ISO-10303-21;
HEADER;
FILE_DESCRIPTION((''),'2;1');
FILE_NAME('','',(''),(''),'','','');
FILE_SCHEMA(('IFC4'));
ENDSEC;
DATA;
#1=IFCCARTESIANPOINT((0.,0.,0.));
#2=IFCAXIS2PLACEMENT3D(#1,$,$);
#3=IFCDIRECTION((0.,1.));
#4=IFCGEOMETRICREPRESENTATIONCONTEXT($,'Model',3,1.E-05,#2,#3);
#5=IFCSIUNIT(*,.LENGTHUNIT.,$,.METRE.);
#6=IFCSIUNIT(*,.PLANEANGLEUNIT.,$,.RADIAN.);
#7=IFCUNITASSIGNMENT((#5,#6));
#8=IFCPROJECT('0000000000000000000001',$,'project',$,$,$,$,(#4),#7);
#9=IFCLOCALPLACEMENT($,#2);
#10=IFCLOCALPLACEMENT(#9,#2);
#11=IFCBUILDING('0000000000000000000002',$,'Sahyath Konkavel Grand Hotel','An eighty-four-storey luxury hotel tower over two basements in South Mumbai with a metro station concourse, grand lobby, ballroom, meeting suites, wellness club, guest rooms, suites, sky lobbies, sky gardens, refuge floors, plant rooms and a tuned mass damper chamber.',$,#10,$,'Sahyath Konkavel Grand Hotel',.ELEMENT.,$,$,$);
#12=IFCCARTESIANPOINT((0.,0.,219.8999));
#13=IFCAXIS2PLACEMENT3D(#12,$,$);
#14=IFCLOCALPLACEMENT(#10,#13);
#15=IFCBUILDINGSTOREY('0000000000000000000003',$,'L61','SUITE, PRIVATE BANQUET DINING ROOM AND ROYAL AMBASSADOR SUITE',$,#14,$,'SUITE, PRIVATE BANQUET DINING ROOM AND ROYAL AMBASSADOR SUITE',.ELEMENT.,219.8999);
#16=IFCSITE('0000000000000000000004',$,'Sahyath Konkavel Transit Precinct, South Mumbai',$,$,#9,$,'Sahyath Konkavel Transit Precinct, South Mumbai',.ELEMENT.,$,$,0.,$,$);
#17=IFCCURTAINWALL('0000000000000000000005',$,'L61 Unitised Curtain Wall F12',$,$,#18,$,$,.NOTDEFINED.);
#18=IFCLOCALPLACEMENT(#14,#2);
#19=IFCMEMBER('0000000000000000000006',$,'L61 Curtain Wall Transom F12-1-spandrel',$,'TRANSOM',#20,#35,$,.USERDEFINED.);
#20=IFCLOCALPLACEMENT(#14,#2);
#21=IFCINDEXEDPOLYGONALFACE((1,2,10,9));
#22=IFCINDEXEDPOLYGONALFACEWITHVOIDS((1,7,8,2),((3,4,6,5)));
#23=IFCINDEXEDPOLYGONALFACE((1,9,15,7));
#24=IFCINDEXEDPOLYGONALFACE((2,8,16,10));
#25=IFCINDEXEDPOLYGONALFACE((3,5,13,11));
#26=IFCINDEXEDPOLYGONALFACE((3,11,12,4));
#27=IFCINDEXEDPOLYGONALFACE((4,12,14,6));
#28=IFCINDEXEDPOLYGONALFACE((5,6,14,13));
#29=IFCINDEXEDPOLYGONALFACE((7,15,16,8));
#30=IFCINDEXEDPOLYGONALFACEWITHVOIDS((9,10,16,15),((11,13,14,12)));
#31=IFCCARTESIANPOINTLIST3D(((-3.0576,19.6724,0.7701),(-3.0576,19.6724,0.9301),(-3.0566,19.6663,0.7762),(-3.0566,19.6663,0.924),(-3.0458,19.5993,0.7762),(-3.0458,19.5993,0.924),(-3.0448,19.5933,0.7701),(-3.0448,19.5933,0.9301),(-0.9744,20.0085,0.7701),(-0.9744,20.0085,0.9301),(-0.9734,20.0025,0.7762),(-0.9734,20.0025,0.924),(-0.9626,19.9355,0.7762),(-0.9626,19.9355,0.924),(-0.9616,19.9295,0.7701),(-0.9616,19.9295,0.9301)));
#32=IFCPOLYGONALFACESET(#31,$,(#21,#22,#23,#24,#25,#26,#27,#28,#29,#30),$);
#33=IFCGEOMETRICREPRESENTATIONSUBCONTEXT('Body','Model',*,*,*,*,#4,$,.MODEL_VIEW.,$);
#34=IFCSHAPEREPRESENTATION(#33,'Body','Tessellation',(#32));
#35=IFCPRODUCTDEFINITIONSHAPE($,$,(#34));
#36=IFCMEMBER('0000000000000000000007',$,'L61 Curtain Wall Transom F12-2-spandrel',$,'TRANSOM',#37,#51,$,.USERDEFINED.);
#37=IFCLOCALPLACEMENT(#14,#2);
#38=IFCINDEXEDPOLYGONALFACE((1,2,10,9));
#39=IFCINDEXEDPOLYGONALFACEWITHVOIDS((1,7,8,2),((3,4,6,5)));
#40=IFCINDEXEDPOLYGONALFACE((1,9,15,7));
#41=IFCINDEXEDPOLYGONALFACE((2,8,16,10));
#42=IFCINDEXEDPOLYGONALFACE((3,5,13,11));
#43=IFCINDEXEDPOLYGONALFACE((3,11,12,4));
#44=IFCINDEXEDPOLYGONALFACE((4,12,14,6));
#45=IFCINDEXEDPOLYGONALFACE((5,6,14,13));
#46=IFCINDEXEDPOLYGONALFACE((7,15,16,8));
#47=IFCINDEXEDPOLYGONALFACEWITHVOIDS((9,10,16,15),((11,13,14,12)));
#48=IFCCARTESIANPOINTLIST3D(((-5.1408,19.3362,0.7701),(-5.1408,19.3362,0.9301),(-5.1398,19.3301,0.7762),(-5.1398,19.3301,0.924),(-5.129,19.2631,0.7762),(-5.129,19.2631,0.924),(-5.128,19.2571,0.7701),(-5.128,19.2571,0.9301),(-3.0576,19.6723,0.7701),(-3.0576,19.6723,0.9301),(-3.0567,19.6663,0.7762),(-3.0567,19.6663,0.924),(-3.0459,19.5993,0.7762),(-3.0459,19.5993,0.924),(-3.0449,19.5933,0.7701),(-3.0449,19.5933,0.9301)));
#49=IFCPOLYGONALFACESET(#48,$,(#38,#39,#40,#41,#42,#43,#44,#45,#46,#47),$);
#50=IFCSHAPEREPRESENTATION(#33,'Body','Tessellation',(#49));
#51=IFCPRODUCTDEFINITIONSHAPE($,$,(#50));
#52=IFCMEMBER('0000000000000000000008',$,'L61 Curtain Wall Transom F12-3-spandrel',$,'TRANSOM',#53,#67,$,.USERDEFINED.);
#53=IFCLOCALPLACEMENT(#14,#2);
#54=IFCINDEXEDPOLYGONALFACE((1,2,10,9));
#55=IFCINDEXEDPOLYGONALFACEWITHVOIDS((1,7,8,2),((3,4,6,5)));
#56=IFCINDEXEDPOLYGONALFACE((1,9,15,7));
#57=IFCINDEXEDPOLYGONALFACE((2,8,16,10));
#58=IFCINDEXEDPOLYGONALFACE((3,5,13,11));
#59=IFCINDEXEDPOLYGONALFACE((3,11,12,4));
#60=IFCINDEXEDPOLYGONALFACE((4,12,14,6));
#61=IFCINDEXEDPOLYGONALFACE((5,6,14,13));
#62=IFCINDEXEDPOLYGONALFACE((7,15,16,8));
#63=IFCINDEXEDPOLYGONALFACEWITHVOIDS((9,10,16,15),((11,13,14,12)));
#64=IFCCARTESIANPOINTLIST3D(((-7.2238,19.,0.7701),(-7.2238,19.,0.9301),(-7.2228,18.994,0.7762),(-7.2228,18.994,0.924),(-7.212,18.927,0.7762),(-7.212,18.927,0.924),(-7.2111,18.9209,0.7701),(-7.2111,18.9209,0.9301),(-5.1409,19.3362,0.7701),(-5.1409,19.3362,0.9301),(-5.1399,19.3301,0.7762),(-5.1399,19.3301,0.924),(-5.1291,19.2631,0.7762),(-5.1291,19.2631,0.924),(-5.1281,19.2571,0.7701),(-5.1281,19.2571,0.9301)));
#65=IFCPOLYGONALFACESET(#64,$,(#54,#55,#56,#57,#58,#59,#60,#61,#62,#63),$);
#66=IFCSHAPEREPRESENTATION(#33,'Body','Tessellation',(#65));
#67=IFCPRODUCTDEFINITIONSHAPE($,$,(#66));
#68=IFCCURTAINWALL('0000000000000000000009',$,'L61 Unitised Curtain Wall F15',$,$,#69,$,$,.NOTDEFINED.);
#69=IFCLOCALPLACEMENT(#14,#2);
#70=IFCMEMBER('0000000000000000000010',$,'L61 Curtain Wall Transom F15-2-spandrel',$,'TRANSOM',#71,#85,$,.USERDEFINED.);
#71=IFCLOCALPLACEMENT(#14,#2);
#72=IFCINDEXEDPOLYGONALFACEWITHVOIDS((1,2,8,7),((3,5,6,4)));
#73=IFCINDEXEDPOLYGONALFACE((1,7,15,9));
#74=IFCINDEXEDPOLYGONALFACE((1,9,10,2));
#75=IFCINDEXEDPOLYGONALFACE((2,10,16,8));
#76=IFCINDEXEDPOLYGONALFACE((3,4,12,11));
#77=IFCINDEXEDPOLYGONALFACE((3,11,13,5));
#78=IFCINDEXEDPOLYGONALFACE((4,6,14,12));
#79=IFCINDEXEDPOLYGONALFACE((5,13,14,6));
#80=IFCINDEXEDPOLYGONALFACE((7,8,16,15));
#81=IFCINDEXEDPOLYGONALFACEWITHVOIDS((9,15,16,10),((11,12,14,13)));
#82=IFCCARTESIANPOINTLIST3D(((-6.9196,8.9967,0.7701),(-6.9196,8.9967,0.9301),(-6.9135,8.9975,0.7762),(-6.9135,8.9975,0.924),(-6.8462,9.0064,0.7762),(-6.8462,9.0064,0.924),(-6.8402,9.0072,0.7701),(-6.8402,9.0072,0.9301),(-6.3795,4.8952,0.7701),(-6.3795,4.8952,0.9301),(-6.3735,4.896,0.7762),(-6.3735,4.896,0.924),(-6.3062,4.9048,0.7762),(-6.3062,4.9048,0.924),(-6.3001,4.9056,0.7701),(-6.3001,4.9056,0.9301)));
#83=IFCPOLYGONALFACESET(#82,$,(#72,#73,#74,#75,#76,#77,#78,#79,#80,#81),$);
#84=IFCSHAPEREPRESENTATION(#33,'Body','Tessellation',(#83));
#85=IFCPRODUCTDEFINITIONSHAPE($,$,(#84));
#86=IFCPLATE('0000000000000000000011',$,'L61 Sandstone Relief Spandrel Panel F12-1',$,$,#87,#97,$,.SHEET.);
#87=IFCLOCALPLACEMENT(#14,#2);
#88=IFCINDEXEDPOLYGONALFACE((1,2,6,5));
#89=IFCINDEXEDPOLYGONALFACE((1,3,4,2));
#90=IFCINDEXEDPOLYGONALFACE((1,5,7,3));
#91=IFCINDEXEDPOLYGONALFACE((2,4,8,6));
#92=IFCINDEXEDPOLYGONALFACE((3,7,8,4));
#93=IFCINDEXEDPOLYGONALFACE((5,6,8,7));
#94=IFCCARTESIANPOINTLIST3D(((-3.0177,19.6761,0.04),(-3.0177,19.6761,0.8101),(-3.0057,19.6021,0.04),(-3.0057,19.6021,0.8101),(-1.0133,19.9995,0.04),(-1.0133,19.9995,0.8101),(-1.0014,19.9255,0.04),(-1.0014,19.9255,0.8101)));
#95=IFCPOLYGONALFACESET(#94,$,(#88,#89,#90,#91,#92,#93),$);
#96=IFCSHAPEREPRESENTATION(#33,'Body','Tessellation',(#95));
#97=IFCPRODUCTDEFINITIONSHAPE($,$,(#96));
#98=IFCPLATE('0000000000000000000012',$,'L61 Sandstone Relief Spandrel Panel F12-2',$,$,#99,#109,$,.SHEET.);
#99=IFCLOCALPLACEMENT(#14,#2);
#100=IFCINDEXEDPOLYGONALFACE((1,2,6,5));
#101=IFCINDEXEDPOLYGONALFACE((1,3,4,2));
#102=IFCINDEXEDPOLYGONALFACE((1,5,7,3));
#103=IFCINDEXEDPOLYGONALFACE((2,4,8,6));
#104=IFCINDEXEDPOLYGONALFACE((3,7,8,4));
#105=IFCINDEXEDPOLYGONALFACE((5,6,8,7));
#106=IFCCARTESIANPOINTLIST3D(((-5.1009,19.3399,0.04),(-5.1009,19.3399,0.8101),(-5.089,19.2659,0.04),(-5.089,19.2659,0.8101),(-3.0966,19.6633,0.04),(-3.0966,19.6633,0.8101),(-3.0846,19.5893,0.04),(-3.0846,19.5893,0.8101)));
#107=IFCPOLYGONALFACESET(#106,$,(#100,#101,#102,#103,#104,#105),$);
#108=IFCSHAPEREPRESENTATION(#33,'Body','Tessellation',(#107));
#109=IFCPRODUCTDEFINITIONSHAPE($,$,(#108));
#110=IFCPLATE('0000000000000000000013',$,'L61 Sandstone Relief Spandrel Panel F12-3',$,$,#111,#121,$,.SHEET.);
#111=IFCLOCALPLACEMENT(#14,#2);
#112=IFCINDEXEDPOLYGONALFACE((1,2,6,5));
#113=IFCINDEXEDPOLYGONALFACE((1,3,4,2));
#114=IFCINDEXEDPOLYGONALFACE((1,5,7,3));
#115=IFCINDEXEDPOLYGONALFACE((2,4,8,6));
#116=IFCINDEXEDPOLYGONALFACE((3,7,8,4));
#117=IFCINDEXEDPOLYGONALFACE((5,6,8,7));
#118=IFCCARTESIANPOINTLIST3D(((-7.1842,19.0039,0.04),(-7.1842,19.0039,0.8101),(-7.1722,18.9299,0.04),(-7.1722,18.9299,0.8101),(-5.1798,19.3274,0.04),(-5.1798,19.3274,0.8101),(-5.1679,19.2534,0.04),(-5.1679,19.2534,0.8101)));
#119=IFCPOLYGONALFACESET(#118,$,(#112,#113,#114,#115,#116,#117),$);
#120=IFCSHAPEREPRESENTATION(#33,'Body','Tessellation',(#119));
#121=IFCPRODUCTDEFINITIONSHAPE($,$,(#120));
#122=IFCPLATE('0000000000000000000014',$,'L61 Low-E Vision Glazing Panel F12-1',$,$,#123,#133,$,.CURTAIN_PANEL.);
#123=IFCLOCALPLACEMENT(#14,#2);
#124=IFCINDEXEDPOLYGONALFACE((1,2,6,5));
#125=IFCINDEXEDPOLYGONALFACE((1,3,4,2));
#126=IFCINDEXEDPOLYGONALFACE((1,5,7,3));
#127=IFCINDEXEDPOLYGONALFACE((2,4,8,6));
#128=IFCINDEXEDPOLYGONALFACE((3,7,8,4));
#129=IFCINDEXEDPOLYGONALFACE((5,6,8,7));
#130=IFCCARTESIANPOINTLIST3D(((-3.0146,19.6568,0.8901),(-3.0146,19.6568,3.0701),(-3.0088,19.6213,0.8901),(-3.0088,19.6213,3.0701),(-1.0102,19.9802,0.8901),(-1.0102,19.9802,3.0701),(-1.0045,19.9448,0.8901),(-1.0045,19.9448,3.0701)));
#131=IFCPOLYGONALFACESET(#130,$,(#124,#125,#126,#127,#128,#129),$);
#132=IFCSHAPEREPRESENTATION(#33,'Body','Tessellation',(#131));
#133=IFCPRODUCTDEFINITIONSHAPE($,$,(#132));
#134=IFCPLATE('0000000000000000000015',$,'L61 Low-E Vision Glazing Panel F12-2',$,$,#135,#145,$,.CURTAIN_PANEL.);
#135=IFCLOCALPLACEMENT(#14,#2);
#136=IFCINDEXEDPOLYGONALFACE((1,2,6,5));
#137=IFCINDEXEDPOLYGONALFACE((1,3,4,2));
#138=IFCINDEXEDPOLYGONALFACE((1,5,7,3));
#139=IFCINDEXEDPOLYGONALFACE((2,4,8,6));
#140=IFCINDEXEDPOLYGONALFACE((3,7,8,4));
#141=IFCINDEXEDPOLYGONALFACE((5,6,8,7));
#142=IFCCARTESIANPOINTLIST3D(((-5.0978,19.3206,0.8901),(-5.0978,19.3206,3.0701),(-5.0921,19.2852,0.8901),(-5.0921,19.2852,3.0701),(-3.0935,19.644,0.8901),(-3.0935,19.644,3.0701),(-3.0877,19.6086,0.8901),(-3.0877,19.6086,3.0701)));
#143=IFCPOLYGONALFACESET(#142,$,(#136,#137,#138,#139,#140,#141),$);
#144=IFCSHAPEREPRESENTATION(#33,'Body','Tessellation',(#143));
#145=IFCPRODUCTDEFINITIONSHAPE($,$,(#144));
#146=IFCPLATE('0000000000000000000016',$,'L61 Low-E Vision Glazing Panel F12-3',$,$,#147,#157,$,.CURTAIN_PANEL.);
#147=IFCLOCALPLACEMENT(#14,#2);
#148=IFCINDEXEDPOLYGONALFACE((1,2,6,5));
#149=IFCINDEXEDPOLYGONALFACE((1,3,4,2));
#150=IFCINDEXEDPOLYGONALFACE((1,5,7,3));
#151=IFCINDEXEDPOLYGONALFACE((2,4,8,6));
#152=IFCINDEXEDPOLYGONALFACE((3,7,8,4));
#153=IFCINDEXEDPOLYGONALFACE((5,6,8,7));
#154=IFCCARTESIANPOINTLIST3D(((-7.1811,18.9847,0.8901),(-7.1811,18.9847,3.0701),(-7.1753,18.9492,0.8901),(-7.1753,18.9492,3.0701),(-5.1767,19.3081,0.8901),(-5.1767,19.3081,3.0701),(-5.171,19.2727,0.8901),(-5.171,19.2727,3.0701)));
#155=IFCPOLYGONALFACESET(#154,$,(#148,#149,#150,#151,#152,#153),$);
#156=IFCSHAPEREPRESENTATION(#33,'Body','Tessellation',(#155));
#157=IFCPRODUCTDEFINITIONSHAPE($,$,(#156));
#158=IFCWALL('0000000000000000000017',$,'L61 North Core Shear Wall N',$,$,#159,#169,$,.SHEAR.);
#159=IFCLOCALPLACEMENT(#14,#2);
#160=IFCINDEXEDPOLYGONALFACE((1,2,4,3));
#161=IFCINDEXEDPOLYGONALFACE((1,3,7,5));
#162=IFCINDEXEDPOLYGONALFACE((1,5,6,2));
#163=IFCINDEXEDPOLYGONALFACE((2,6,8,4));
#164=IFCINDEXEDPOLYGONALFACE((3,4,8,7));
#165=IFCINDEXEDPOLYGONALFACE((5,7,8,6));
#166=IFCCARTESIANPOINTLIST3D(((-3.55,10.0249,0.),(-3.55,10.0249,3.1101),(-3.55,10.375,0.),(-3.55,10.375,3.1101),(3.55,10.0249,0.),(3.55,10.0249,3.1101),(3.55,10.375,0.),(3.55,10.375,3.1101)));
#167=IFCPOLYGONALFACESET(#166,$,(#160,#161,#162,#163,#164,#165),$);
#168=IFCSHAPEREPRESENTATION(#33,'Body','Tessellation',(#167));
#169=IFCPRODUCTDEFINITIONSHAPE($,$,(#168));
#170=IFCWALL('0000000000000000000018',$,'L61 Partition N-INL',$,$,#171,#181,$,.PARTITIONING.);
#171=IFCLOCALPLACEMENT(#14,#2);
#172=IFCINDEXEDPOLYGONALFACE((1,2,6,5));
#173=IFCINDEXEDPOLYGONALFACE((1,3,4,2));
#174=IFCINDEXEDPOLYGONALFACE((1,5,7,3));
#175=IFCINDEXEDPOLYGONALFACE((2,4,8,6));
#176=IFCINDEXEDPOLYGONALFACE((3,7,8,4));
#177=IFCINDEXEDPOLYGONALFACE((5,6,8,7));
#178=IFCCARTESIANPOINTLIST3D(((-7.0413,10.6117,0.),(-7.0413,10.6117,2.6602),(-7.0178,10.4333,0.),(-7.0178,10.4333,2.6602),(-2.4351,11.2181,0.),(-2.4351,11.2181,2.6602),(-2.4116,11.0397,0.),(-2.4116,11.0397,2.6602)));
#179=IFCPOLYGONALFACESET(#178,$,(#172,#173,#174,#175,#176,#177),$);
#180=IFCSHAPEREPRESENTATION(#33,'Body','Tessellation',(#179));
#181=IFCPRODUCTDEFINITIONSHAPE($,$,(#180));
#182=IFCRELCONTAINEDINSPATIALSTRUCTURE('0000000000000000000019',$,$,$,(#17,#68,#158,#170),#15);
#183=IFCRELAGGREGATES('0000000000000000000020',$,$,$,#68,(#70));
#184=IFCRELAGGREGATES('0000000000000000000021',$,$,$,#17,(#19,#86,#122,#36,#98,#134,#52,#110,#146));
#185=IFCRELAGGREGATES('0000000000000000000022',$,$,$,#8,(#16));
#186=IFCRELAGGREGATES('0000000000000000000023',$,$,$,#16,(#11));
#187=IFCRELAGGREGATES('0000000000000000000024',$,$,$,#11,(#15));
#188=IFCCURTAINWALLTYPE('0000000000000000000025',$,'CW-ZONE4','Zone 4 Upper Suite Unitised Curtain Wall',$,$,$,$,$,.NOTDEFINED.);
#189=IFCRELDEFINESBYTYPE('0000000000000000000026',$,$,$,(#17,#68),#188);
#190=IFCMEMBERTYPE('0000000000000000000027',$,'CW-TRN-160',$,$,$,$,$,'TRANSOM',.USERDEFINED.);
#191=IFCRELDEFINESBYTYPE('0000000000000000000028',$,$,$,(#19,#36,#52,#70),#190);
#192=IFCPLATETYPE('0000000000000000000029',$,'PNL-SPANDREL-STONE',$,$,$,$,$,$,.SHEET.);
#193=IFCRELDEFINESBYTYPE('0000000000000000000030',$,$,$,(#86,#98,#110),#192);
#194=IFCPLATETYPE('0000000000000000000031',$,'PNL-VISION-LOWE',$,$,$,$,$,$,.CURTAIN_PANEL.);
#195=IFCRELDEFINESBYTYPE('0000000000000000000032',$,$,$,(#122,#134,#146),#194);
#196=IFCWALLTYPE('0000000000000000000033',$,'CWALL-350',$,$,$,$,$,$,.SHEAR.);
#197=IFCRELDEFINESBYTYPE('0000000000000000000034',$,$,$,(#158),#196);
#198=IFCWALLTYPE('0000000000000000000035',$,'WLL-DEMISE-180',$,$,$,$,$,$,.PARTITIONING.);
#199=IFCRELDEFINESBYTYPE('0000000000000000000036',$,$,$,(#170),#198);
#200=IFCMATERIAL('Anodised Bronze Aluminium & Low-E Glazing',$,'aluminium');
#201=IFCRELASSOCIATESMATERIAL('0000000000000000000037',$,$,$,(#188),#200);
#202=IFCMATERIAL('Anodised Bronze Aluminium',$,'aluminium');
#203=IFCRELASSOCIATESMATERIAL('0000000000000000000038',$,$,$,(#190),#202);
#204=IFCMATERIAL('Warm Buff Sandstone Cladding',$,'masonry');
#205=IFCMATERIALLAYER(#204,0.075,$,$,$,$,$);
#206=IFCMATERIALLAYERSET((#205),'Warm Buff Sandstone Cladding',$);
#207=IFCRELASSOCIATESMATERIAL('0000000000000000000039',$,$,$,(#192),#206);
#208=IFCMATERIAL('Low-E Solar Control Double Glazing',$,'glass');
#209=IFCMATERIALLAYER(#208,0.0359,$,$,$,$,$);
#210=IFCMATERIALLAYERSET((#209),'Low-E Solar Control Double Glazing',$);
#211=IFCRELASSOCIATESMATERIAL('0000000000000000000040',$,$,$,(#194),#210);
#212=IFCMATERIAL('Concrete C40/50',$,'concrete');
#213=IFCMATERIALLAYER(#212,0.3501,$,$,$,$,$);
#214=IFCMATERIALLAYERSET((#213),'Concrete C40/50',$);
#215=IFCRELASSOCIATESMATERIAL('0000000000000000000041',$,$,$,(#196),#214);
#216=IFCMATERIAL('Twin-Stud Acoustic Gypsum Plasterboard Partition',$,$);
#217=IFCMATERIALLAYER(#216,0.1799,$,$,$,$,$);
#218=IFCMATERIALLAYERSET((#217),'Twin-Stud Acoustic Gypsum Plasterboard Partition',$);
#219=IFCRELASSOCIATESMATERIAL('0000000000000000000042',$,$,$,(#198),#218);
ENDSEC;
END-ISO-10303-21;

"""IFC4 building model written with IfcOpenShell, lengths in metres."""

from ifc_helpers import new_model, si_unit, direction, frame, frame_2d, origin, origin_2d, place, context, subcontext, project, spatial, rectangle, hollow_rectangle, extrude, source, transform, mapped, material, layer, layer_set, material_profile, profile_set, type_object, element, aggregate, save


model = new_model("IFC4")

# Units and contexts
model_context = context("Model", 3, precision=1e-05, world=origin(), true_north=direction((0.0, 1.0)))
body_context = subcontext(model_context, "Body", "Model", "MODEL_VIEW")
ifc_project = project(units=[si_unit("LENGTHUNIT", "METRE"), si_unit("PLANEANGLEUNIT", "RADIAN")], contexts=[model_context])

# Site, building, storey
site_placement = place(None, origin())
site = spatial("IfcSite", under=ifc_project, at=site_placement, Name="Sahyath Konkavel Transit Precinct, South Mumbai", LongName="Sahyath Konkavel Transit Precinct, South Mumbai", CompositionType="ELEMENT", RefElevation=0.0)
building_placement = place(site_placement, origin())
building = spatial("IfcBuilding", under=site, at=building_placement, Name="Sahyath Konkavel Grand Hotel", Description="An eighty-four-storey luxury hotel tower over two basements in South Mumbai with a metro station concourse, grand lobby, ballroom, meeting suites, wellness club, guest rooms, suites, sky lobbies, sky gardens, refuge floors, plant rooms and a tuned mass damper chamber.", LongName="Sahyath Konkavel Grand Hotel", CompositionType="ELEMENT")
storey_placement = place(building_placement, frame((0.0, 0.0, 219.8999)))
storey = spatial("IfcBuildingStorey", under=building, at=storey_placement, Name="L61", Description="SUITE, PRIVATE BANQUET DINING ROOM AND ROYAL AMBASSADOR SUITE", LongName="SUITE, PRIVATE BANQUET DINING ROOM AND ROYAL AMBASSADOR SUITE", CompositionType="ELEMENT", Elevation=219.8999)

# Curtain wall
ifc_material_1 = material(Name="Anodised Bronze Aluminium & Low-E Glazing", Category="aluminium")
curtain_wall_type = type_object("IfcCurtainWallType", Name="CW-ZONE4", Description="Zone 4 Upper Suite Unitised Curtain Wall", PredefinedType="NOTDEFINED", material=ifc_material_1)
curtain_wall_1_placement = place(storey_placement, origin())
curtain_wall_1 = element("IfcCurtainWall", 1, at=curtain_wall_1_placement, inside=storey, type_object=curtain_wall_type, Name="L61 Unitised Curtain Wall F12", PredefinedType="NOTDEFINED")
ifc_material_2 = material(Name="Anodised Bronze Aluminium", Category="aluminium")

# Members
ifc_material_profile_1 = material_profile(ifc_material_2, hollow_rectangle(XDim=0.0801, YDim=0.1599, WallThickness=0.0061, at=origin_2d()), Name="RHS 160x80x6")
ifc_profile_set_1 = profile_set([ifc_material_profile_1], Name="Anodised Bronze Aluminium")
member_type_1 = type_object("IfcMemberType", Name="CW-TRN-160", ElementType="TRANSOM", PredefinedType="USERDEFINED", material=ifc_profile_set_1)
shared_shape_1 = source(origin(), body_context, "Body", "SweptSolid", [
    extrude(hollow_rectangle(XDim=0.0801, YDim=0.1599, WallThickness=0.0061, at=origin_2d()), origin(), (0.0, 0.0, 1.0), 2.1101),
])
member_1_placement = place(storey_placement, frame((-0.968, 19.969, 0.8501), z_axis=(-0.987228, -0.159312, 0.0), x_axis=(0.159312, -0.987228, 0.0)))
member_1 = element("IfcMember", 2, at=member_1_placement, type_object=member_type_1, Name="L61 Curtain Wall Transom F12-1-spandrel", ObjectType="TRANSOM", PredefinedType="USERDEFINED", context=body_context, shape_type="MappedRepresentation", body=[
    mapped(shared_shape_1, transform((0.0, 0.0, 0.0), scale=1.0)),
])
member_2_placement = place(storey_placement, frame((-3.0513, 19.6328, 0.8501), z_axis=(-0.987228, -0.159312, 0.0), x_axis=(0.159312, -0.987228, 0.0)))
member_2 = element("IfcMember", 3, at=member_2_placement, type_object=member_type_1, Name="L61 Curtain Wall Transom F12-2-spandrel", ObjectType="TRANSOM", PredefinedType="USERDEFINED", context=body_context, shape_type="MappedRepresentation", body=[
    mapped(shared_shape_1, transform((0.0, 0.0, 0.0), scale=1.0)),
])
shared_shape_2 = source(origin(), body_context, "Body", "SweptSolid", [
    extrude(hollow_rectangle(XDim=0.0801, YDim=0.1599, WallThickness=0.0061, at=origin_2d()), origin(), (0.0, 0.0, 1.0), 2.1099),
])
member_3_placement = place(storey_placement, frame((-5.1345, 19.2966, 0.8501), z_axis=(-0.987225, -0.159331, 0.0), x_axis=(0.159331, -0.987225, 0.0)))
member_3 = element("IfcMember", 4, at=member_3_placement, type_object=member_type_1, Name="L61 Curtain Wall Transom F12-3-spandrel", ObjectType="TRANSOM", PredefinedType="USERDEFINED", context=body_context, shape_type="MappedRepresentation", body=[
    mapped(shared_shape_2, transform((0.0, 0.0, 0.0), scale=1.0)),
])

# Curtain wall, member
curtain_wall_2_placement = place(storey_placement, origin())
curtain_wall_2 = element("IfcCurtainWall", 5, at=curtain_wall_2_placement, inside=storey, type_object=curtain_wall_type, Name="L61 Unitised Curtain Wall F15", PredefinedType="NOTDEFINED")
shared_shape_3 = source(origin(), body_context, "Body", "SweptSolid", [
    extrude(hollow_rectangle(XDim=0.0801, YDim=0.1599, WallThickness=0.0061, at=origin_2d()), origin(), (0.0, 0.0, 1.0), 4.137),
])
member_4_placement = place(storey_placement, frame((-6.8799, 9.002, 0.8501), z_axis=(0.13054, -0.991443, 0.0), x_axis=(0.991443, 0.13054, 0.0)))
member_4 = element("IfcMember", 6, at=member_4_placement, type_object=member_type_1, Name="L61 Curtain Wall Transom F15-2-spandrel", ObjectType="TRANSOM", PredefinedType="USERDEFINED", context=body_context, shape_type="MappedRepresentation", body=[
    mapped(shared_shape_3, transform((0.0, 0.0, 0.0), scale=1.0)),
])
aggregate(curtain_wall_2, [member_4])

# Plates
ifc_material_3 = material(Name="Warm Buff Sandstone Cladding", Category="masonry")
ifc_layer_1 = layer(ifc_material_3, 0.075)
ifc_layer_set_1 = layer_set([ifc_layer_1], Name="Warm Buff Sandstone Cladding")
plate_type_1 = type_object("IfcPlateType", Name="PNL-SPANDREL-STONE", PredefinedType="SHEET", material=ifc_layer_set_1)
shared_shape_4 = source(origin(), body_context, "Body", "SweptSolid", [
    extrude(rectangle(XDim=2.0303, YDim=0.075, at=origin_2d()), origin(), (0.0, 0.0, 1.0), 0.77),
])
plate_1_placement = place(storey_placement, frame((-2.0095, 19.8008, 0.04), z_axis=(0.0, 0.0, 1.0), x_axis=(-0.987228, -0.159313, 0.0)))
plate_1 = element("IfcPlate", 7, at=plate_1_placement, type_object=plate_type_1, Name="L61 Sandstone Relief Spandrel Panel F12-1", PredefinedType="SHEET", context=body_context, shape_type="MappedRepresentation", body=[
    mapped(shared_shape_4, transform((0.0, 0.0, 0.0), scale=1.0)),
])
plate_2_placement = place(storey_placement, frame((-4.0928, 19.4646, 0.04), z_axis=(0.0, 0.0, 1.0), x_axis=(-0.987228, -0.159313, 0.0)))
plate_2 = element("IfcPlate", 8, at=plate_2_placement, type_object=plate_type_1, Name="L61 Sandstone Relief Spandrel Panel F12-2", PredefinedType="SHEET", context=body_context, shape_type="MappedRepresentation", body=[
    mapped(shared_shape_4, transform((0.0, 0.0, 0.0), scale=1.0)),
])
plate_3_placement = place(storey_placement, frame((-6.176, 19.1287, 0.04), z_axis=(0.0, 0.0, 1.0), x_axis=(-0.987228, -0.159313, 0.0)))
plate_3 = element("IfcPlate", 9, at=plate_3_placement, type_object=plate_type_1, Name="L61 Sandstone Relief Spandrel Panel F12-3", PredefinedType="SHEET", context=body_context, shape_type="MappedRepresentation", body=[
    mapped(shared_shape_4, transform((0.0, 0.0, 0.0), scale=1.0)),
])
ifc_material_4 = material(Name="Low-E Solar Control Double Glazing", Category="glass")
ifc_layer_2 = layer(ifc_material_4, 0.0359)
ifc_layer_set_2 = layer_set([ifc_layer_2], Name="Low-E Solar Control Double Glazing")
plate_type_2 = type_object("IfcPlateType", Name="PNL-VISION-LOWE", PredefinedType="CURTAIN_PANEL", material=ifc_layer_set_2)
shared_shape_5 = source(origin(), body_context, "Body", "SweptSolid", [
    extrude(rectangle(XDim=2.0303, YDim=0.0359, at=origin_2d()), origin(), (0.0, 0.0, 1.0), 2.1799),
])
plate_4_placement = place(storey_placement, frame((-2.0095, 19.8008, 0.8901), z_axis=(0.0, 0.0, 1.0), x_axis=(-0.987228, -0.159313, 0.0)))
plate_4 = element("IfcPlate", 10, at=plate_4_placement, type_object=plate_type_2, Name="L61 Low-E Vision Glazing Panel F12-1", PredefinedType="CURTAIN_PANEL", context=body_context, shape_type="MappedRepresentation", body=[
    mapped(shared_shape_5, transform((0.0, 0.0, 0.0), scale=1.0)),
])
plate_5_placement = place(storey_placement, frame((-4.0928, 19.4646, 0.8901), z_axis=(0.0, 0.0, 1.0), x_axis=(-0.987228, -0.159313, 0.0)))
plate_5 = element("IfcPlate", 11, at=plate_5_placement, type_object=plate_type_2, Name="L61 Low-E Vision Glazing Panel F12-2", PredefinedType="CURTAIN_PANEL", context=body_context, shape_type="MappedRepresentation", body=[
    mapped(shared_shape_5, transform((0.0, 0.0, 0.0), scale=1.0)),
])
plate_6_placement = place(storey_placement, frame((-6.176, 19.1287, 0.8901), z_axis=(0.0, 0.0, 1.0), x_axis=(-0.987228, -0.159313, 0.0)))
plate_6 = element("IfcPlate", 12, at=plate_6_placement, type_object=plate_type_2, Name="L61 Low-E Vision Glazing Panel F12-3", PredefinedType="CURTAIN_PANEL", context=body_context, shape_type="MappedRepresentation", body=[
    mapped(shared_shape_5, transform((0.0, 0.0, 0.0), scale=1.0)),
])
aggregate(curtain_wall_1, [member_1, plate_1, plate_4, member_2, plate_2, plate_5, member_3, plate_3, plate_6])

# Walls
ifc_material_5 = material(Name="Concrete C40/50", Category="concrete")
ifc_layer_3 = layer(ifc_material_5, 0.3501)
ifc_layer_set_3 = layer_set([ifc_layer_3], Name="Concrete C40/50")
wall_type_1 = type_object("IfcWallType", Name="CWALL-350", PredefinedType="SHEAR", material=ifc_layer_set_3)
wall_1_placement = place(storey_placement, frame((-3.55, 10.2, 0.0), z_axis=(0.0, 0.0, 1.0), x_axis=(1.0, 0.0, 0.0)))
element("IfcWall", 13, at=wall_1_placement, inside=storey, type_object=wall_type_1, Name="L61 North Core Shear Wall N", PredefinedType="SHEAR", context=body_context, shape_type="SweptSolid", body=[
    extrude(rectangle(XDim=7.1001, YDim=0.3501, at=frame_2d((3.55, 0.0))), origin(), (0.0, 0.0, 1.0), 3.1101),
])
ifc_material_6 = material(Name="Twin-Stud Acoustic Gypsum Plasterboard Partition")
ifc_layer_4 = layer(ifc_material_6, 0.1799)
ifc_layer_set_4 = layer_set([ifc_layer_4], Name="Twin-Stud Acoustic Gypsum Plasterboard Partition")
wall_type_2 = type_object("IfcWallType", Name="WLL-DEMISE-180", PredefinedType="PARTITIONING", material=ifc_layer_set_4)
wall_2_placement = place(storey_placement, frame((-2.4233, 11.1289, 0.0), z_axis=(0.0, 0.0, 1.0), x_axis=(-0.991444, -0.130532, 0.0)))
element("IfcWall", 14, at=wall_2_placement, inside=storey, type_object=wall_type_2, Name="L61 Partition N-INL", PredefinedType="PARTITIONING", context=body_context, shape_type="SweptSolid", body=[
    extrude(rectangle(XDim=4.646, YDim=0.1799, at=frame_2d((2.323, 0.0))), origin(), (0.0, 0.0, 1.0), 2.6602),
])

save(model, "model.ifc")
